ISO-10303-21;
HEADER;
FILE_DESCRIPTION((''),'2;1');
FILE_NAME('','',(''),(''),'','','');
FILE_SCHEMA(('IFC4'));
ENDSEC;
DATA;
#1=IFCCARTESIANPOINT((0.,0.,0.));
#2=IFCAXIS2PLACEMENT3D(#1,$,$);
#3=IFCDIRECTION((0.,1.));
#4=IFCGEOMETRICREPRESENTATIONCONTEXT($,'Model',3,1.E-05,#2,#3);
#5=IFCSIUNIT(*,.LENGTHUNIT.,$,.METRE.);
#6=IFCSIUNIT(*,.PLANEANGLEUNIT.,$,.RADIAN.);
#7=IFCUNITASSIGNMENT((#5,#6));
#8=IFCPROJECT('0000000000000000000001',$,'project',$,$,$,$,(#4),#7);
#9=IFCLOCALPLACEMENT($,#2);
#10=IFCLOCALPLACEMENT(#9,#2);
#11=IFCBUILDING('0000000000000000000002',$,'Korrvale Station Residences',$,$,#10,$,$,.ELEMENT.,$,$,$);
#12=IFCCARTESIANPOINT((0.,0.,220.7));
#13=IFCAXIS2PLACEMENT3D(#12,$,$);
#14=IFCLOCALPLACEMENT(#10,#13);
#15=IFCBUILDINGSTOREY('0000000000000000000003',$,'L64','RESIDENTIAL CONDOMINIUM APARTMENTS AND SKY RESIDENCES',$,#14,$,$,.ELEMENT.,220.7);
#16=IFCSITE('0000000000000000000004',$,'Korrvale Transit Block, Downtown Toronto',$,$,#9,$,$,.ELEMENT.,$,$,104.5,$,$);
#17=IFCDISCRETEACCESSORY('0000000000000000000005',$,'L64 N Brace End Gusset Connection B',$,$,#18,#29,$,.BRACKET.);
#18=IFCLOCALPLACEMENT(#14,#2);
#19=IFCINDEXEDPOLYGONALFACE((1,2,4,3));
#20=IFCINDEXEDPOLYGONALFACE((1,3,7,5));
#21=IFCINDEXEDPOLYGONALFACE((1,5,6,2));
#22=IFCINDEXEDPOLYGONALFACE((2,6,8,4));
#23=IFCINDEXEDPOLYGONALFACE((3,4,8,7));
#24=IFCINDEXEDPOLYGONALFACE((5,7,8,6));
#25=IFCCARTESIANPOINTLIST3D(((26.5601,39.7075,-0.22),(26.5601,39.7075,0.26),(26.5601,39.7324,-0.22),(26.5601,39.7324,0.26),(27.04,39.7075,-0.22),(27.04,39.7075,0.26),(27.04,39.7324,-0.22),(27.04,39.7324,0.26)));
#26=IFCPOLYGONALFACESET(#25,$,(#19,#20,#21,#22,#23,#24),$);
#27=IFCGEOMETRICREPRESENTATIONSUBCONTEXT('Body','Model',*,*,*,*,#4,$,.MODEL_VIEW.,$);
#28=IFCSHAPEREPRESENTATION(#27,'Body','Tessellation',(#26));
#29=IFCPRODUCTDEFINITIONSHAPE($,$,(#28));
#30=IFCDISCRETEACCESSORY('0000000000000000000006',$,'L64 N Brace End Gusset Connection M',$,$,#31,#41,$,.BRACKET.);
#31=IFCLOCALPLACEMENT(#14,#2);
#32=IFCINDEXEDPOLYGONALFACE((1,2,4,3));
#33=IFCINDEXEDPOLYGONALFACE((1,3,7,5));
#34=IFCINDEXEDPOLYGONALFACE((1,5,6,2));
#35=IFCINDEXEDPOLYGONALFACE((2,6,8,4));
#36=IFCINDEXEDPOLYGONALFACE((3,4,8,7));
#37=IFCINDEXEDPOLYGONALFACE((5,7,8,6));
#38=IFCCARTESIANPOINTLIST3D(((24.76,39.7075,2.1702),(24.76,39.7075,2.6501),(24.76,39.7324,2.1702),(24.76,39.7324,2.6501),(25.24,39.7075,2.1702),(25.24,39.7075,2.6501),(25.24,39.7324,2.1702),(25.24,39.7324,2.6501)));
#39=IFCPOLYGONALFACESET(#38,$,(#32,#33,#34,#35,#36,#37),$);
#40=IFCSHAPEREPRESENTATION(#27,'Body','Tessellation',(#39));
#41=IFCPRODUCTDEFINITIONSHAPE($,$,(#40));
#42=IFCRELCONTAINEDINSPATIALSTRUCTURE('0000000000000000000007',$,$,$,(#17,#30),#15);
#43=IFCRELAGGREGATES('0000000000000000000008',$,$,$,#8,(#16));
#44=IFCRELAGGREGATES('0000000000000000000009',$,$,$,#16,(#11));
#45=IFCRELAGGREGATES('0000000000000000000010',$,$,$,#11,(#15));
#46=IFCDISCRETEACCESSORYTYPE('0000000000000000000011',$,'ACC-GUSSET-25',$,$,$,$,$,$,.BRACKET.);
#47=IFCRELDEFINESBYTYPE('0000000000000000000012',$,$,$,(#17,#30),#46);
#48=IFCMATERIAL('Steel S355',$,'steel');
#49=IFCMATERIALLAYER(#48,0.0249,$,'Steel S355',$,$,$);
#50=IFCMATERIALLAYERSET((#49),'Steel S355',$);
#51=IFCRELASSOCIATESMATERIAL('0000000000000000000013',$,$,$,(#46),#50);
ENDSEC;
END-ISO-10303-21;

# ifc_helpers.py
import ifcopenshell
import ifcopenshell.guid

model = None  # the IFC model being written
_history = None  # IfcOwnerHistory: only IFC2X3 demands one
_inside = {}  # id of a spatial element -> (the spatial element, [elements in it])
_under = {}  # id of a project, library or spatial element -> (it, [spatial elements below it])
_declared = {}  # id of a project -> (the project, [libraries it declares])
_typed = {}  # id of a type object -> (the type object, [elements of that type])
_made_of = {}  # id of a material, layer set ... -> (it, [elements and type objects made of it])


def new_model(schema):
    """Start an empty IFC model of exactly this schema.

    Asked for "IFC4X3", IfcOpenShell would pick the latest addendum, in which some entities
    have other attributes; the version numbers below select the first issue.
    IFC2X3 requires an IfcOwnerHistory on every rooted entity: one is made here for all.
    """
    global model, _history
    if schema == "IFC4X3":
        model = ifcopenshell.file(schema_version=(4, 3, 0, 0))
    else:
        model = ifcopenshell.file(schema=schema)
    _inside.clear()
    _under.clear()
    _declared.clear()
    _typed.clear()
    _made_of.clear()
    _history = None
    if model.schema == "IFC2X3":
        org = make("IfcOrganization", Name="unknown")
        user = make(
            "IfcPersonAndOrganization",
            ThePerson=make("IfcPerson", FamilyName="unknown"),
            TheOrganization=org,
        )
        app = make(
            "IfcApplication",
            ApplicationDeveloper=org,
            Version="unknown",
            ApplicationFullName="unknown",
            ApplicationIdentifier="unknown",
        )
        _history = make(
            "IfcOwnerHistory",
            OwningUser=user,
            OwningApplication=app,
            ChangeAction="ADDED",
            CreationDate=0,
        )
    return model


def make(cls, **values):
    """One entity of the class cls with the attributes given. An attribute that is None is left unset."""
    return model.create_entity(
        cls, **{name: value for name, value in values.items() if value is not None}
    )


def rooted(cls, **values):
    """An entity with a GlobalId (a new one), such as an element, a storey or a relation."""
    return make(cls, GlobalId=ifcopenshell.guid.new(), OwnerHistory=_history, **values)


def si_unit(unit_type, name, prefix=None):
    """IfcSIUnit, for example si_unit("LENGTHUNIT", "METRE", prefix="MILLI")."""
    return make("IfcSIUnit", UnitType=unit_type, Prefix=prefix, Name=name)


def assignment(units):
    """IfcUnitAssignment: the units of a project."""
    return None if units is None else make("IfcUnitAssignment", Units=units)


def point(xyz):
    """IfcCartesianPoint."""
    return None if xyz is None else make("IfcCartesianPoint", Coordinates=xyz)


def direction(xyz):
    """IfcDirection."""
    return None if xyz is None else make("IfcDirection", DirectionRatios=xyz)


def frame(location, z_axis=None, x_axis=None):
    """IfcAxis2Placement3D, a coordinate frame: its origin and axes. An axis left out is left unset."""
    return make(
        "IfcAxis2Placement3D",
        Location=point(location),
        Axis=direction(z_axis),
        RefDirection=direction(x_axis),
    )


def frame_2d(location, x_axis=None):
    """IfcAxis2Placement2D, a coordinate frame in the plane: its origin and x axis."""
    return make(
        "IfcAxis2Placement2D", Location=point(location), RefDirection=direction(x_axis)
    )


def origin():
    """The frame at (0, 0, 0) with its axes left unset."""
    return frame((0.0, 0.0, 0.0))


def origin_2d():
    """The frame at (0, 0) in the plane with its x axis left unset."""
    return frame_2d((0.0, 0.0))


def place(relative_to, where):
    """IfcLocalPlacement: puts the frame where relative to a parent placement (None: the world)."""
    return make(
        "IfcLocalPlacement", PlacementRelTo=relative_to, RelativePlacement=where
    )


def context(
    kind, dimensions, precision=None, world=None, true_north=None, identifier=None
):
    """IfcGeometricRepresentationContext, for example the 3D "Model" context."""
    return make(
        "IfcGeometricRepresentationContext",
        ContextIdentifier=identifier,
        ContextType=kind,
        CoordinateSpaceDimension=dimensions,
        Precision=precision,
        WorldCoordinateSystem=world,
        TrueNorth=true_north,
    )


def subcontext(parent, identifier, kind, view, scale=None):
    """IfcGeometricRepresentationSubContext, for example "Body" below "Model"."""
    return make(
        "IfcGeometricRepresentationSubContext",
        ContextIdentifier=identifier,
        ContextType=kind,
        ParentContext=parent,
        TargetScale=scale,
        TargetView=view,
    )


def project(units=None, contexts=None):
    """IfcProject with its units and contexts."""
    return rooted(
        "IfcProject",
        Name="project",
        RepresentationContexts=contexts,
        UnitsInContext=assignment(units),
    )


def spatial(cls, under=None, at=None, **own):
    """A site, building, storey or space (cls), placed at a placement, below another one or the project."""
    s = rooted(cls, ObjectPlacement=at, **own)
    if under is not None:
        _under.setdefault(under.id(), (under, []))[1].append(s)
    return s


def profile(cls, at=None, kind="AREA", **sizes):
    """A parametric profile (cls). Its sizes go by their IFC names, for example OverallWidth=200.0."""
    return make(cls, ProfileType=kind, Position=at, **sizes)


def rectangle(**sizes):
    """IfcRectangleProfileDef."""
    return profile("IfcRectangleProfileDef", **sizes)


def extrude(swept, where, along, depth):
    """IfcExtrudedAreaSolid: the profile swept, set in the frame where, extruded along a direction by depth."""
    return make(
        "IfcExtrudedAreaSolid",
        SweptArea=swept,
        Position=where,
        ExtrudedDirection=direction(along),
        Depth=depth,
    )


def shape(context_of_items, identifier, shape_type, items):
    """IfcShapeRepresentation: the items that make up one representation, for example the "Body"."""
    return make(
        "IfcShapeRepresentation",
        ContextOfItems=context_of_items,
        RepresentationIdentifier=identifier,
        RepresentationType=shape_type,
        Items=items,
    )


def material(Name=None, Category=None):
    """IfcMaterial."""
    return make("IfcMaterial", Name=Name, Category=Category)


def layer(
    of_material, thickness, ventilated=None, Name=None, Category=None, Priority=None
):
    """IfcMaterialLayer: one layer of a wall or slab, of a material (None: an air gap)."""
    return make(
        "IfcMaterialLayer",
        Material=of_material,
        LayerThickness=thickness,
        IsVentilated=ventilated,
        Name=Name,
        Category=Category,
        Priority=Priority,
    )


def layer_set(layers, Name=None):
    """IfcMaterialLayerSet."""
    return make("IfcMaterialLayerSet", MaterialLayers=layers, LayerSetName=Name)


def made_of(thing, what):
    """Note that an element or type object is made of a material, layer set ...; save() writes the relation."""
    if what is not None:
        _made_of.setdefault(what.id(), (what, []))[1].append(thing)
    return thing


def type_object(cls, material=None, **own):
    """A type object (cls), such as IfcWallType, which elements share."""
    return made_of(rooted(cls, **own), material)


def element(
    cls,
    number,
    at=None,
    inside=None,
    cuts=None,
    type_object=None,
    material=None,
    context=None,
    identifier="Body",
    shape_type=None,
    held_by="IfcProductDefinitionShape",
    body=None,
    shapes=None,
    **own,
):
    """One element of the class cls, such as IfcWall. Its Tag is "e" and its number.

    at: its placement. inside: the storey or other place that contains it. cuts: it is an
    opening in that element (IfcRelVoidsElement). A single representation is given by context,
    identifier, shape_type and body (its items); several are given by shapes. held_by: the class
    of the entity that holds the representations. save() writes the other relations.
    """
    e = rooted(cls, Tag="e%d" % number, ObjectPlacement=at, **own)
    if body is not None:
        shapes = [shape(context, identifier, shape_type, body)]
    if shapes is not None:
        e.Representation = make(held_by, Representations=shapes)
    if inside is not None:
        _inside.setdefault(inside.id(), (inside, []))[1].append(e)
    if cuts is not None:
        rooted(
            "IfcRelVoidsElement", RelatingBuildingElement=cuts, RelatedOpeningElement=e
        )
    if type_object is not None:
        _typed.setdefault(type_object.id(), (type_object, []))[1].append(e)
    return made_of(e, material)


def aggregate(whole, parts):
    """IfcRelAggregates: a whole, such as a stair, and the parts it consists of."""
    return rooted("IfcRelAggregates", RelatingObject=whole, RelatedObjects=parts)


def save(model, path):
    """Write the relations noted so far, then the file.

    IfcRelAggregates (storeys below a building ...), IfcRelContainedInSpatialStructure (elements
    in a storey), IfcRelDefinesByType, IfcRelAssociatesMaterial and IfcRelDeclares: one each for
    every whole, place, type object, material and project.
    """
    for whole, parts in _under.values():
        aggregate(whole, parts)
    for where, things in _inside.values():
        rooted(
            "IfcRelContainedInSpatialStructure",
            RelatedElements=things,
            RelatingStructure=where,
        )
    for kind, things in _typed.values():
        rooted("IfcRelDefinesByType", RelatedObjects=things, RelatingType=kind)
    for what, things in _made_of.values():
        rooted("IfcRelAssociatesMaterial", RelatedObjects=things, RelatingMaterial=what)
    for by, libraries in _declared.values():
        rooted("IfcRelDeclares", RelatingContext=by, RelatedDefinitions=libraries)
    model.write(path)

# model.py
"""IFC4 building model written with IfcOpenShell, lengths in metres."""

from ifc_helpers import new_model, si_unit, direction, frame, origin, origin_2d, place, context, subcontext, project, spatial, rectangle, extrude, material, layer, layer_set, type_object, element, save


model = new_model("IFC4")

# Units and contexts
model_context = context("Model", 3, precision=1e-05, world=origin(), true_north=direction((0.0, 1.0)))
body_context = subcontext(model_context, "Body", "Model", "MODEL_VIEW")
ifc_project = project(units=[si_unit("LENGTHUNIT", "METRE"), si_unit("PLANEANGLEUNIT", "RADIAN")], contexts=[model_context])

# Site, building, storey
site_placement = place(None, origin())
site = spatial("IfcSite", under=ifc_project, at=site_placement, Name="Korrvale Transit Block, Downtown Toronto", CompositionType="ELEMENT", RefElevation=104.5)
building_placement = place(site_placement, origin())
building = spatial("IfcBuilding", under=site, at=building_placement, Name="Korrvale Station Residences", CompositionType="ELEMENT")
storey_placement = place(building_placement, frame((0.0, 0.0, 220.7)))
storey = spatial("IfcBuildingStorey", under=building, at=storey_placement, Name="L64", Description="RESIDENTIAL CONDOMINIUM APARTMENTS AND SKY RESIDENCES", CompositionType="ELEMENT", Elevation=220.7)

# Shared definitions
ifc_material_1 = material(Name="Steel S355", Category="steel")

# Discrete accessories
ifc_layer_1 = layer(ifc_material_1, 0.0249, Name="Steel S355")
ifc_layer_set_1 = layer_set([ifc_layer_1], Name="Steel S355")
discrete_accessory_type = type_object("IfcDiscreteAccessoryType", Name="ACC-GUSSET-25", PredefinedType="BRACKET", material=ifc_layer_set_1)
for number, where, z_axis, x_axis, name in (
    (1, (26.8, 39.72, -0.22), (0.0, 0.0, 1.0), (1.0, 0.0, 0.0), "L64 N Brace End Gusset Connection B"),
    (2, (25.0, 39.72, 2.1702), (0.0, 0.0, 1.0), (1.0, 0.0, 0.0), "L64 N Brace End Gusset Connection M"),
):
    element("IfcDiscreteAccessory", number, at=place(storey_placement, frame(where, z_axis=z_axis, x_axis=x_axis)), inside=storey, type_object=discrete_accessory_type, Name=name, PredefinedType="BRACKET", context=body_context, shape_type="SweptSolid", body=[
        extrude(rectangle(XDim=0.48, YDim=0.0249, at=origin_2d()), origin(), (0.0, 0.0, 1.0), 0.48),
    ])

save(model, "model.ifc")
